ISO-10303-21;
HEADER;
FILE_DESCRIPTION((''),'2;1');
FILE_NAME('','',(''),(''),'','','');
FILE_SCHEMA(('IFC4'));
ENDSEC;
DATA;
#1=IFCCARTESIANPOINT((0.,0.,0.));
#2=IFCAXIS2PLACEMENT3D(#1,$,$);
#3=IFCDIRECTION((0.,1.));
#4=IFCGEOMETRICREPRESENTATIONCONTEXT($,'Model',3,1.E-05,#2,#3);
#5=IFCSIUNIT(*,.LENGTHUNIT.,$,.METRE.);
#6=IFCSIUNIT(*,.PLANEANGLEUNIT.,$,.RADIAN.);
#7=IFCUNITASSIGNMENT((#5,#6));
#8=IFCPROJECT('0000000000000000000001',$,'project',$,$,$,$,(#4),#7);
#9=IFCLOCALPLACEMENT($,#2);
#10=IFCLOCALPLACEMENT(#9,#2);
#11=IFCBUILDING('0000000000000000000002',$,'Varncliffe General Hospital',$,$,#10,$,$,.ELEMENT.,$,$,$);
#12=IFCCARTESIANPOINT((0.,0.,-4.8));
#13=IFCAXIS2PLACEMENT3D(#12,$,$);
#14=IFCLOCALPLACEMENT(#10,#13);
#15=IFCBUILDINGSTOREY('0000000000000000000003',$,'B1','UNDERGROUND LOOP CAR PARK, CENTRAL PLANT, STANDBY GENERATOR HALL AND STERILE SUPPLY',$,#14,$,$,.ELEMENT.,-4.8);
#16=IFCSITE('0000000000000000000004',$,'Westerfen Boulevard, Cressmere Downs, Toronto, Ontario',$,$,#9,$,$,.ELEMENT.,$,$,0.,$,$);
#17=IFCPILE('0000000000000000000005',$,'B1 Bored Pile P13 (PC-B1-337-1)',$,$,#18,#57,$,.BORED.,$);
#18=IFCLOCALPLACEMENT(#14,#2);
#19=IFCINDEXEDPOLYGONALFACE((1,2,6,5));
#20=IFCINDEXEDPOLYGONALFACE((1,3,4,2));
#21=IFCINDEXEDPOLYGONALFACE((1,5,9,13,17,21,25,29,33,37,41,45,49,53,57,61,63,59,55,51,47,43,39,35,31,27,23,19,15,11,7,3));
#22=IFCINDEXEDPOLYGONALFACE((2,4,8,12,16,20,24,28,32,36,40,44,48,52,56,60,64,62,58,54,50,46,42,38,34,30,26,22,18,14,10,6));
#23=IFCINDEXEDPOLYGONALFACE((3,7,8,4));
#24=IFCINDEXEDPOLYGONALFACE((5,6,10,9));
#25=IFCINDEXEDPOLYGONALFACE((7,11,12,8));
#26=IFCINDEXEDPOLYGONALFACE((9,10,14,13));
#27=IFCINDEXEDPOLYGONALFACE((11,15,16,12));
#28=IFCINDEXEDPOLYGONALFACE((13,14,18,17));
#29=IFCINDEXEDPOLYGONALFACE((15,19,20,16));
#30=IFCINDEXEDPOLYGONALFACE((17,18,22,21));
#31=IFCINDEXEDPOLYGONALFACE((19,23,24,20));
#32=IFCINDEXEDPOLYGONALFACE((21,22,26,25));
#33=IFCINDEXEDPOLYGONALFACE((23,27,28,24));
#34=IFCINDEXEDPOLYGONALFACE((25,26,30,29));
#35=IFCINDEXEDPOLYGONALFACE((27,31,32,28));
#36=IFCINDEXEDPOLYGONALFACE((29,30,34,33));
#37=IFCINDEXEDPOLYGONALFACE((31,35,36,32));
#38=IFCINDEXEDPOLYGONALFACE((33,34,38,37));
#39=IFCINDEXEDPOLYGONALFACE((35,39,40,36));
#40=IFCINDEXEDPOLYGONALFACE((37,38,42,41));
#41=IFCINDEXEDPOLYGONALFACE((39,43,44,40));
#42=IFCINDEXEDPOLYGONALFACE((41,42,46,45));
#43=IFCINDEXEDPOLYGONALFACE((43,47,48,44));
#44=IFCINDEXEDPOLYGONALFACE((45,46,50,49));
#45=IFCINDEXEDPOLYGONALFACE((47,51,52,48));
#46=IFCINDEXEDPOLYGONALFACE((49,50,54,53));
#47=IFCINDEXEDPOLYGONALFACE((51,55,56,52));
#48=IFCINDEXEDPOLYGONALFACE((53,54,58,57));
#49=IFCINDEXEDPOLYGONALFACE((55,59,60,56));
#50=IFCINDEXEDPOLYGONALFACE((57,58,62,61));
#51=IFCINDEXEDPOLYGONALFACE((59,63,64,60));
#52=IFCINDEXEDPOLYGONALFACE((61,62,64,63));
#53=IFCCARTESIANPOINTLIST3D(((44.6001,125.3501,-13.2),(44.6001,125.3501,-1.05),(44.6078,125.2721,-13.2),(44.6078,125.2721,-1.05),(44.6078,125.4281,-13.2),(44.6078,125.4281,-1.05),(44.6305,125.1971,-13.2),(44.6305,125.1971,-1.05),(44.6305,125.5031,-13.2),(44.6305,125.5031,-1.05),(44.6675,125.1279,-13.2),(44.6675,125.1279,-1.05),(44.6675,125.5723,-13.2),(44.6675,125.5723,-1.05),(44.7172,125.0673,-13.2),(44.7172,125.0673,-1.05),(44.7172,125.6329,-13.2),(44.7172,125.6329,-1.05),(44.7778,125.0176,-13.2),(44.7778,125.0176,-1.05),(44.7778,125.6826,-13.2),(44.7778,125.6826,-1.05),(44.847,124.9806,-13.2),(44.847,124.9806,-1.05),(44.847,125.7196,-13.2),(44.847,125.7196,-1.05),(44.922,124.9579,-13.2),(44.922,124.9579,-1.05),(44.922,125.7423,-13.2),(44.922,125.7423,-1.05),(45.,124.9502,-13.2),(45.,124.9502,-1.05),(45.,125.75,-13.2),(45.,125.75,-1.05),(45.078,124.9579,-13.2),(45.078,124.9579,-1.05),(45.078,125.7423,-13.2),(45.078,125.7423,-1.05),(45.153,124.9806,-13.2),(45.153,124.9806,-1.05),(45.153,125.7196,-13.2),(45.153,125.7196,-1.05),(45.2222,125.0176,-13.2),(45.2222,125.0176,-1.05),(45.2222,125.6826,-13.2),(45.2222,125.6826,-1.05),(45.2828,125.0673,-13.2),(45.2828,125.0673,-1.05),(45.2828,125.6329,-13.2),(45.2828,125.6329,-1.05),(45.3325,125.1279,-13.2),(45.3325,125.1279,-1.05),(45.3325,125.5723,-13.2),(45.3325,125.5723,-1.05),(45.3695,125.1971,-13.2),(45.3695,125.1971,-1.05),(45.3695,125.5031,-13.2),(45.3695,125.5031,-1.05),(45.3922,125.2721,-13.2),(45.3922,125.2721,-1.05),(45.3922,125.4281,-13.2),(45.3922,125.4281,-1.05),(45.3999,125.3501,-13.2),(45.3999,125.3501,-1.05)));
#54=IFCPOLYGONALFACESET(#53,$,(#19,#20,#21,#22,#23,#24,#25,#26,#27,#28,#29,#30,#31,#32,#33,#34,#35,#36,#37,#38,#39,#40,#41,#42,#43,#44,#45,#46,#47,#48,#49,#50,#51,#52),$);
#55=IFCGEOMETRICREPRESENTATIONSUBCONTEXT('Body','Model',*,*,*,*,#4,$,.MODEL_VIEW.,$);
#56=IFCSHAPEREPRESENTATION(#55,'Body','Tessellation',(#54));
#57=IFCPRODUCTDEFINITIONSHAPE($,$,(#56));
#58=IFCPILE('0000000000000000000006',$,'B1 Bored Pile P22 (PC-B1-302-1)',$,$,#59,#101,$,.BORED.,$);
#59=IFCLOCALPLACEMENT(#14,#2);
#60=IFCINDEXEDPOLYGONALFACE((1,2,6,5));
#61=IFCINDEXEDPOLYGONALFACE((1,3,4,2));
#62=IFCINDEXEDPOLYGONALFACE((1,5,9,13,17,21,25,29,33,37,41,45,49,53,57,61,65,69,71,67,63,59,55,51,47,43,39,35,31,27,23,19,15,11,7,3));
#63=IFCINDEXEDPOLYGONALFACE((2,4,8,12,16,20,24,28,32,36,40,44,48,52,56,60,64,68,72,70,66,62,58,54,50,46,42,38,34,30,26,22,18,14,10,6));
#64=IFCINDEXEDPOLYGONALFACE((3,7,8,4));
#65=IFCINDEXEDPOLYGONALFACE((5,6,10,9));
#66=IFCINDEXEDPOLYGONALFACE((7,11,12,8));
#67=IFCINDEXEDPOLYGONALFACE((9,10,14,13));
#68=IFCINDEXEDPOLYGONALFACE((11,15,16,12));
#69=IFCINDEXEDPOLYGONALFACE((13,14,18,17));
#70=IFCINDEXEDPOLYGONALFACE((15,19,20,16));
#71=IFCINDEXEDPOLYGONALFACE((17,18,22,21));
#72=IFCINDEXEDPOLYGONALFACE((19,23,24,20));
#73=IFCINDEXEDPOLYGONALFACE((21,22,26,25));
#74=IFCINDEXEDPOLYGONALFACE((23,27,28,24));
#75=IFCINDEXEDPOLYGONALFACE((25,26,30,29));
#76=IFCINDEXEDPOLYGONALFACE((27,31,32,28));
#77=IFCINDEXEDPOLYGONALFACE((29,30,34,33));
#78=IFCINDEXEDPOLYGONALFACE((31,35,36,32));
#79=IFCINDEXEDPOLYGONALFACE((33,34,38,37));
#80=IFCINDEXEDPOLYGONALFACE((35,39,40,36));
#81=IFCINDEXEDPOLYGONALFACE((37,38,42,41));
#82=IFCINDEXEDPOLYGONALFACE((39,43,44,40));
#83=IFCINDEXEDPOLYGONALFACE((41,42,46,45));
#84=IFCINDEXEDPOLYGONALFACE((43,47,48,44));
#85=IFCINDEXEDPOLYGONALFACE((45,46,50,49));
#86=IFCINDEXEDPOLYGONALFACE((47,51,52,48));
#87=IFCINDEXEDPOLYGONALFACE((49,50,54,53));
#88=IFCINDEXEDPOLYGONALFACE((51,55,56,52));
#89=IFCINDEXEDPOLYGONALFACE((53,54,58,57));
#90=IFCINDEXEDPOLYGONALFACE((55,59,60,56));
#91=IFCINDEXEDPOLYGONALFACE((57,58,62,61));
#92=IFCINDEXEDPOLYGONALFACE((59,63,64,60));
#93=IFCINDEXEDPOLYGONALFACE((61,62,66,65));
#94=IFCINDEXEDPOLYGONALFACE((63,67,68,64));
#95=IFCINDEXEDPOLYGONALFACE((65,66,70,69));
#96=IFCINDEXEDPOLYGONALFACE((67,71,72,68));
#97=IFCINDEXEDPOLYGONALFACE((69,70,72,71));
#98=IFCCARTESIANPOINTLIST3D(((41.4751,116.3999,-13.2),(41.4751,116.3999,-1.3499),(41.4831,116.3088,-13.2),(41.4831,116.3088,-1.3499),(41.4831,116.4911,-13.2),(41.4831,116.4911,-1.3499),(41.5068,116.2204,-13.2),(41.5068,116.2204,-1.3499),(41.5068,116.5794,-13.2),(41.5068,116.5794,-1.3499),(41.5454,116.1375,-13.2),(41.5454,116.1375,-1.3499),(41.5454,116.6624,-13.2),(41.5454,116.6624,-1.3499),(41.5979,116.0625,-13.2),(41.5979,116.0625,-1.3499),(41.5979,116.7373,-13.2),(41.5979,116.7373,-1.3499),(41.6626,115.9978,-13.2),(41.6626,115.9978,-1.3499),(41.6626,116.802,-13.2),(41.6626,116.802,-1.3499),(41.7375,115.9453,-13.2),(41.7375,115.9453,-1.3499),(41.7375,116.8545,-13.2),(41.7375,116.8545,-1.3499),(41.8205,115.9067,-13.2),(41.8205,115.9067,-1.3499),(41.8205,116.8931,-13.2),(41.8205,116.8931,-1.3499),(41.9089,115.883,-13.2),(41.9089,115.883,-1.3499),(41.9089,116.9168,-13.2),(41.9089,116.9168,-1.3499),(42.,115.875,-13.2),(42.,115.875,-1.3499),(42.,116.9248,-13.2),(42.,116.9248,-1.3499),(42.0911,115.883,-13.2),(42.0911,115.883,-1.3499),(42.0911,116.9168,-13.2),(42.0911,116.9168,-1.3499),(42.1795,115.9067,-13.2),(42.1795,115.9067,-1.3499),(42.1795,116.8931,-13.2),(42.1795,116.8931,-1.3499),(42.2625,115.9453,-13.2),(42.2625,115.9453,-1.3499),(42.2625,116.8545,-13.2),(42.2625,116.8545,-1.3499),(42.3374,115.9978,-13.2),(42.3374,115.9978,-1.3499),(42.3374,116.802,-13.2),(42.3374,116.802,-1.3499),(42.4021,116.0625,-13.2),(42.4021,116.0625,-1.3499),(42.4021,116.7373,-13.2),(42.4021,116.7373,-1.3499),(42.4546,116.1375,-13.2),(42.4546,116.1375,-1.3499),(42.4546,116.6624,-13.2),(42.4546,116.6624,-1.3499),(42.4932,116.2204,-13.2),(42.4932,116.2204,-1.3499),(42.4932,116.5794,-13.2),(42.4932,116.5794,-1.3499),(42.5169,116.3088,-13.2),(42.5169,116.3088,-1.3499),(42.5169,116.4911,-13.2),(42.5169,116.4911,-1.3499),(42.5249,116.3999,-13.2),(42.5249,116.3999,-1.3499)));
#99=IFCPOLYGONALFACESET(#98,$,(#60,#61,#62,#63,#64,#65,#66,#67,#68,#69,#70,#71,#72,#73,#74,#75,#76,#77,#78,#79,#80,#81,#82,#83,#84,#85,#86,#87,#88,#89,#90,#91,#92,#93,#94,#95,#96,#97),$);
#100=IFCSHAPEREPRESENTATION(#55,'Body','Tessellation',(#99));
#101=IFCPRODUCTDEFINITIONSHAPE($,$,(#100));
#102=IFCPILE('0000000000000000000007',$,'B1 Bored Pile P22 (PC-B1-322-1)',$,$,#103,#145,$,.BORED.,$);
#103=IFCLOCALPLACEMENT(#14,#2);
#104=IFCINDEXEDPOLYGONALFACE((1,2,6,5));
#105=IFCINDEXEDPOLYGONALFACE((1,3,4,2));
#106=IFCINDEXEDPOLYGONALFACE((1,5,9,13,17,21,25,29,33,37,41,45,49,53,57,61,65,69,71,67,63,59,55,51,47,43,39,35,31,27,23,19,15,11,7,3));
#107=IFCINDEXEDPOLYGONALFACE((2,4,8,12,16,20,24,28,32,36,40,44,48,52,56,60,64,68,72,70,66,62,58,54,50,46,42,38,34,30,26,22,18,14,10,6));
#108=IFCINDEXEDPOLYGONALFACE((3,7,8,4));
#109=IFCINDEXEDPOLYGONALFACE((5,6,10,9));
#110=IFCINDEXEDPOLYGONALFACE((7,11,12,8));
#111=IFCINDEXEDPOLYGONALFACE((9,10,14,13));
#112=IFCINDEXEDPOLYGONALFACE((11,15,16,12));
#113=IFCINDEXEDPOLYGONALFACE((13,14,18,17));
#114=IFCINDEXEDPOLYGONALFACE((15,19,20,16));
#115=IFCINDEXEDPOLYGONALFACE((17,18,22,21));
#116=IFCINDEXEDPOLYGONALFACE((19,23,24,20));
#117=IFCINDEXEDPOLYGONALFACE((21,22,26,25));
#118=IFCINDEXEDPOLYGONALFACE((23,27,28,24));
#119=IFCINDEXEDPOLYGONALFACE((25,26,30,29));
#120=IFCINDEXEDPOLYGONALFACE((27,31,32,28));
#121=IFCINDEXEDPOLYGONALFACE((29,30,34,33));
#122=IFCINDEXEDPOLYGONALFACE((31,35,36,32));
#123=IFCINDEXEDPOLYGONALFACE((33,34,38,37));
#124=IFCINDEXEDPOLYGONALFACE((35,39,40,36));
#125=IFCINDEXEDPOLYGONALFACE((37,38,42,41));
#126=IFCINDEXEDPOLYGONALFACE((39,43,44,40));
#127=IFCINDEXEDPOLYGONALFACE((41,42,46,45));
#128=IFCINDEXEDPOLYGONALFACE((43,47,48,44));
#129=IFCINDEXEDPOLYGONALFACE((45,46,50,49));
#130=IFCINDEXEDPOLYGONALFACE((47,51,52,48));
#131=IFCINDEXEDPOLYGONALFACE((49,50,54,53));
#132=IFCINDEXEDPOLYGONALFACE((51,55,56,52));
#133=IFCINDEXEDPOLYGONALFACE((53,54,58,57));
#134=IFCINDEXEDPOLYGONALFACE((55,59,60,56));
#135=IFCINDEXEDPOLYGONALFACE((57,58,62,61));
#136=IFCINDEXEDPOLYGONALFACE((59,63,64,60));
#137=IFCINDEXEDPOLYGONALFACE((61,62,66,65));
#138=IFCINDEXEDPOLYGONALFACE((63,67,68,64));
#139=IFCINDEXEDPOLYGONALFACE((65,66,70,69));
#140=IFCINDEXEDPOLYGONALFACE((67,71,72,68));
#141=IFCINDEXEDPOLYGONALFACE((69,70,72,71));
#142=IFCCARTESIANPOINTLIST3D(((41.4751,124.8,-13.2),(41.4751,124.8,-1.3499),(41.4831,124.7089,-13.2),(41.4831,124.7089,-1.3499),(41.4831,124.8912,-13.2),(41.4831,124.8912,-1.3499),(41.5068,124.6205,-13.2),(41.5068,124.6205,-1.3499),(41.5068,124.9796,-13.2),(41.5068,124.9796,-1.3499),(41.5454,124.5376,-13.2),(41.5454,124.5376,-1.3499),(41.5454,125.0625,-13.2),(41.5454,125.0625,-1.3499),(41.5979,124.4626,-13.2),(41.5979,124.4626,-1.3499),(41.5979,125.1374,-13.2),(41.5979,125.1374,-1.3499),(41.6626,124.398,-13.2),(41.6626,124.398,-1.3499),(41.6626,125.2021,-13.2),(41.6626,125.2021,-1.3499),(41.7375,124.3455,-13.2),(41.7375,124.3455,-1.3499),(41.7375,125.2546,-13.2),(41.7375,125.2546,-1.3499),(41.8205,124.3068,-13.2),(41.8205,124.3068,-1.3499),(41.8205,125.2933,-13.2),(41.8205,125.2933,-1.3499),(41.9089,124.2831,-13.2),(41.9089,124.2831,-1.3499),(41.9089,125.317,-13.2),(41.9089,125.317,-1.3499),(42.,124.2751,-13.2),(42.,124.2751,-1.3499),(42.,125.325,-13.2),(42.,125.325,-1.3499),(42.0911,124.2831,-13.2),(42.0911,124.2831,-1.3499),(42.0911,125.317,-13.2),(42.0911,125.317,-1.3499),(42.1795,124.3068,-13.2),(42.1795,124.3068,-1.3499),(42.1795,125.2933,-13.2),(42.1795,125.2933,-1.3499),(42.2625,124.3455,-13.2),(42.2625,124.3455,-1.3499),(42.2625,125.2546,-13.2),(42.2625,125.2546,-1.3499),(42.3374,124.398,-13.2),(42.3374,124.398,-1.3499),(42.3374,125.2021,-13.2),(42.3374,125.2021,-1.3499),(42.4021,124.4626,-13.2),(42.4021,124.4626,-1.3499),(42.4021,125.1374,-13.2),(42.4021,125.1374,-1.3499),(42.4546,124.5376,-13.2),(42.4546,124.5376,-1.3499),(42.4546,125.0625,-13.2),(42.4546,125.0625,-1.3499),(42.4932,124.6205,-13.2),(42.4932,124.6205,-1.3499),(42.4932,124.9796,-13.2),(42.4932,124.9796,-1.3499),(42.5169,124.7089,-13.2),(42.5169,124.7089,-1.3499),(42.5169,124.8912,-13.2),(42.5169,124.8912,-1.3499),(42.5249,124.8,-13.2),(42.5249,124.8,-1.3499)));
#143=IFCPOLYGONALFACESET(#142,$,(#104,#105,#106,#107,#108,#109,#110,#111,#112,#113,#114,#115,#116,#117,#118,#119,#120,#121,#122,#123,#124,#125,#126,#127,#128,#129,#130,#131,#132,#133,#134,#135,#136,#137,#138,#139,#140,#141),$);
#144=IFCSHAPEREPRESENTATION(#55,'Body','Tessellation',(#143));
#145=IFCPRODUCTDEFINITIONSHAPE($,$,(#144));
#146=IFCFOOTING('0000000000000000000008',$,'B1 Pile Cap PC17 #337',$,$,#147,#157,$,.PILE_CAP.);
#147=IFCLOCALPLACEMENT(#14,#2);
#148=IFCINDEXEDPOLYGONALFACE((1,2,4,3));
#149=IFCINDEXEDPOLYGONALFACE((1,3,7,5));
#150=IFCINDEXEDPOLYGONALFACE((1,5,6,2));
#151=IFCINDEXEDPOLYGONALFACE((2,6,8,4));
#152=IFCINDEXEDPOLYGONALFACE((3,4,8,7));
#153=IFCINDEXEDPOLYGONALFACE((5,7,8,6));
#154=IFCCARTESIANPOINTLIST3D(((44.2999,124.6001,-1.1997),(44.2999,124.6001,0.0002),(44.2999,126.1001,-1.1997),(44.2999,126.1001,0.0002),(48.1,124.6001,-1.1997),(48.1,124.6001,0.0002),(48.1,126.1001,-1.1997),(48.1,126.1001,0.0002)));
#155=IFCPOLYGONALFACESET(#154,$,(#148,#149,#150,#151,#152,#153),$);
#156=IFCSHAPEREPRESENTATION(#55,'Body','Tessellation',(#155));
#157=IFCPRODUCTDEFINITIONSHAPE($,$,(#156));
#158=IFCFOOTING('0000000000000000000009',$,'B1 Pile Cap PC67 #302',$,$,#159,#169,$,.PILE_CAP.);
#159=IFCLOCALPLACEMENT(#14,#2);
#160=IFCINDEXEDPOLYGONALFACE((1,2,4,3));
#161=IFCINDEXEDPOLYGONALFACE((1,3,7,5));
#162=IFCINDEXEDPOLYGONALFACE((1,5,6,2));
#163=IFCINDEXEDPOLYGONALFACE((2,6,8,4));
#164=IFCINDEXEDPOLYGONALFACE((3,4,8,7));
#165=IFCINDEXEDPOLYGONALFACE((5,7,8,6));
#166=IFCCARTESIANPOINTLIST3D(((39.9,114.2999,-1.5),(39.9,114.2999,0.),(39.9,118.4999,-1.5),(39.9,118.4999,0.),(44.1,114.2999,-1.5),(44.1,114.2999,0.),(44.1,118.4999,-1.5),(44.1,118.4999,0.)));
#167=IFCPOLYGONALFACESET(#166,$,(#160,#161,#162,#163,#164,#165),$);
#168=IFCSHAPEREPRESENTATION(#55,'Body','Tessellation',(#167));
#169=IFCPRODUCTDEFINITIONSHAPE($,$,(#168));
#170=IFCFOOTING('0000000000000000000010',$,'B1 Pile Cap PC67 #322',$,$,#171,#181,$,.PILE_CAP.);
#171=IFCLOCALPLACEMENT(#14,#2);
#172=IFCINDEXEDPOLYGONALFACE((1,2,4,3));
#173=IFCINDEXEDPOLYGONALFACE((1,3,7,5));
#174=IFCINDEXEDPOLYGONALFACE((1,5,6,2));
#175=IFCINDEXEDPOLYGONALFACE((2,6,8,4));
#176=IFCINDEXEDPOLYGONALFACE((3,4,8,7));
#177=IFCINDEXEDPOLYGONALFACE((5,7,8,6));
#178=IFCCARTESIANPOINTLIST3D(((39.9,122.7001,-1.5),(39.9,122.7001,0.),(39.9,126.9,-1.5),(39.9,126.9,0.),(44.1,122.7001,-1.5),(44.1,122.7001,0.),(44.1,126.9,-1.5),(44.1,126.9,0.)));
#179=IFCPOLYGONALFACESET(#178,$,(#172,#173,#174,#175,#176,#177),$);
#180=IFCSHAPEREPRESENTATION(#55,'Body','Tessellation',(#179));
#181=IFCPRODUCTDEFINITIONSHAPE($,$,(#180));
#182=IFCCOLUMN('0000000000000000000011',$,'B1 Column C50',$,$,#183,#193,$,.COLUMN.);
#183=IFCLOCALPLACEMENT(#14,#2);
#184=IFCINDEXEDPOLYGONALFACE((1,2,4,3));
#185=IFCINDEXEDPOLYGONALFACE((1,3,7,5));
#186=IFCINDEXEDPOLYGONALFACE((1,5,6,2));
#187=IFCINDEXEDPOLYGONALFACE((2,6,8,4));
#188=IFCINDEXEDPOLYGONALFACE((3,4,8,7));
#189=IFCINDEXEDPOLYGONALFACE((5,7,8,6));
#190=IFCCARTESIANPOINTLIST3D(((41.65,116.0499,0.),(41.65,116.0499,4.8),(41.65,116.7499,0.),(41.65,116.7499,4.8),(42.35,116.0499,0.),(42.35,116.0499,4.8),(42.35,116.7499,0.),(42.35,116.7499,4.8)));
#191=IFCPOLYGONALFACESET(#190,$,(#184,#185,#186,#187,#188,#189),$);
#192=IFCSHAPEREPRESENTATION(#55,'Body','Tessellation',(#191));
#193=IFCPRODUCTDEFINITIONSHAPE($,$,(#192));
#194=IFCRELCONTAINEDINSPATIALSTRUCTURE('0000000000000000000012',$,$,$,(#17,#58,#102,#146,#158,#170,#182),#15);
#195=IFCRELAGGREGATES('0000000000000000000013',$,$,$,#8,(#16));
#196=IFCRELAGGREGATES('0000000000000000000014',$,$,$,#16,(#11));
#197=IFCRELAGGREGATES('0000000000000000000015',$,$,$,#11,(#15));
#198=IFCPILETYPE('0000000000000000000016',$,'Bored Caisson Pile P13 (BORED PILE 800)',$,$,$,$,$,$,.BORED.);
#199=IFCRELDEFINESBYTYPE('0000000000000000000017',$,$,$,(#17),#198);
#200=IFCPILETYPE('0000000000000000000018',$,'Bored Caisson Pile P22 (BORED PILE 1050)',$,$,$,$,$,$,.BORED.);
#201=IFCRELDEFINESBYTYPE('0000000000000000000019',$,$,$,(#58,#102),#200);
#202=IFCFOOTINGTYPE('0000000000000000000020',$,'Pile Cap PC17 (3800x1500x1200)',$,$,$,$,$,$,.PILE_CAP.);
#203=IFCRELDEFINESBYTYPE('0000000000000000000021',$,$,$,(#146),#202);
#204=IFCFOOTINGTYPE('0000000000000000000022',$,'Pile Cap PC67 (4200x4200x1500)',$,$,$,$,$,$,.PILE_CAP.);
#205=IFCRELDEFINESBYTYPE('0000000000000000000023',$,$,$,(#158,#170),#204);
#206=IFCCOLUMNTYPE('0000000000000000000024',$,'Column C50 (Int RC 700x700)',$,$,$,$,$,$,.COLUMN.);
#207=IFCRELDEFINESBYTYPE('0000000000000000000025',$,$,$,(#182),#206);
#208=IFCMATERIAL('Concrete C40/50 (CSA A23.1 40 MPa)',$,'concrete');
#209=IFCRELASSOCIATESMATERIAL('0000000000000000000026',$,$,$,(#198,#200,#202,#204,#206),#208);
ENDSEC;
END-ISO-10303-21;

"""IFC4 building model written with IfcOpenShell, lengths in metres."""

from ifc_helpers import new_model, si_unit, direction, frame, origin, origin_2d, place, context, subcontext, project, spatial, rectangle, circle, extrude, material, material_profile, profile_set, type_object, element, save


model = new_model("IFC4")

# Units and contexts
model_context = context("Model", 3, precision=1e-05, world=origin(), true_north=direction((0.0, 1.0)))
body_context = subcontext(model_context, "Body", "Model", "MODEL_VIEW")
ifc_project = project(units=[si_unit("LENGTHUNIT", "METRE"), si_unit("PLANEANGLEUNIT", "RADIAN")], contexts=[model_context])

# Site, building, storey
site_placement = place(None, origin())
site = spatial("IfcSite", under=ifc_project, at=site_placement, Name="Westerfen Boulevard, Cressmere Downs, Toronto, Ontario", CompositionType="ELEMENT", RefElevation=0.0)
building_placement = place(site_placement, origin())
building = spatial("IfcBuilding", under=site, at=building_placement, Name="Varncliffe General Hospital", CompositionType="ELEMENT")
storey_placement = place(building_placement, frame((0.0, 0.0, -4.8)))
storey = spatial("IfcBuildingStorey", under=building, at=storey_placement, Name="B1", Description="UNDERGROUND LOOP CAR PARK, CENTRAL PLANT, STANDBY GENERATOR HALL AND STERILE SUPPLY", CompositionType="ELEMENT", Elevation=-4.8)

# Piles
ifc_material_1 = material(Name="Concrete C40/50 (CSA A23.1 40 MPa)", Category="concrete")
ifc_material_profile_1 = material_profile(ifc_material_1, circle(Radius=0.3999, at=origin_2d()), Name="BORED PILE 800")
ifc_profile_set_1 = profile_set([ifc_material_profile_1], Name="Concrete C40/50 (CSA A23.1 40 MPa)")
pile_type_1 = type_object("IfcPileType", Name="Bored Caisson Pile P13 (BORED PILE 800)", PredefinedType="BORED", material=ifc_profile_set_1)
pile_placement = place(storey_placement, frame((45.0, 125.3501, -1.05), z_axis=(0.0, 0.0, -1.0), x_axis=(1.0, 0.0, 0.0)))
element("IfcPile", 1, at=pile_placement, inside=storey, type_object=pile_type_1, Name="B1 Bored Pile P13 (PC-B1-337-1)", PredefinedType="BORED", context=body_context, shape_type="SweptSolid", body=[
    extrude(circle(Radius=0.3999, at=origin_2d()), origin(), (0.0, 0.0, 1.0), 12.1499),
])
ifc_material_profile_2 = material_profile(ifc_material_1, circle(Radius=0.5249, at=origin_2d()), Name="BORED PILE 1050")
ifc_profile_set_2 = profile_set([ifc_material_profile_2], Name="Concrete C40/50 (CSA A23.1 40 MPa)")
pile_type_2 = type_object("IfcPileType", Name="Bored Caisson Pile P22 (BORED PILE 1050)", PredefinedType="BORED", material=ifc_profile_set_2)
for number, where, z_axis, x_axis, name in (
    (2, (42.0, 116.3999, -1.3499), (0.0, 0.0, -1.0), (1.0, 0.0, 0.0), "B1 Bored Pile P22 (PC-B1-302-1)"),
    (3, (42.0, 124.8, -1.3499), (0.0, 0.0, -1.0), (1.0, 0.0, 0.0), "B1 Bored Pile P22 (PC-B1-322-1)"),
):
    element("IfcPile", number, at=place(storey_placement, frame(where, z_axis=z_axis, x_axis=x_axis)), inside=storey, type_object=pile_type_2, Name=name, PredefinedType="BORED", context=body_context, shape_type="SweptSolid", body=[
        extrude(circle(Radius=0.5249, at=origin_2d()), origin(), (0.0, 0.0, 1.0), 11.8501),
    ])

# Footings
footing_type_1 = type_object("IfcFootingType", Name="Pile Cap PC17 (3800x1500x1200)", PredefinedType="PILE_CAP", material=ifc_material_1)
footing_placement = place(storey_placement, frame((46.2, 125.3501, -1.1997), z_axis=(0.0, 0.0, 1.0), x_axis=(1.0, 0.0, 0.0)))
element("IfcFooting", 4, at=footing_placement, inside=storey, type_object=footing_type_1, Name="B1 Pile Cap PC17 #337", PredefinedType="PILE_CAP", context=body_context, shape_type="SweptSolid", body=[
    extrude(rectangle(XDim=3.8, YDim=1.5, at=origin_2d()), origin(), (0.0, 0.0, 1.0), 1.2),
])
footing_type_2 = type_object("IfcFootingType", Name="Pile Cap PC67 (4200x4200x1500)", PredefinedType="PILE_CAP", material=ifc_material_1)
for number, where, z_axis, x_axis, name in (
    (5, (42.0, 116.3999, -1.5), (0.0, 0.0, 1.0), (1.0, 0.0, 0.0), "B1 Pile Cap PC67 #302"),
    (6, (42.0, 124.8, -1.5), (0.0, 0.0, 1.0), (1.0, 0.0, 0.0), "B1 Pile Cap PC67 #322"),
):
    element("IfcFooting", number, at=place(storey_placement, frame(where, z_axis=z_axis, x_axis=x_axis)), inside=storey, type_object=footing_type_2, Name=name, PredefinedType="PILE_CAP", context=body_context, shape_type="SweptSolid", body=[
        extrude(rectangle(XDim=4.2, YDim=4.2, at=origin_2d()), origin(), (0.0, 0.0, 1.0), 1.5),
    ])

# Column
ifc_material_profile_3 = material_profile(ifc_material_1, rectangle(XDim=0.7, YDim=0.7, at=origin_2d()), Name="RC 700x700")
ifc_profile_set_3 = profile_set([ifc_material_profile_3], Name="Concrete C40/50 (CSA A23.1 40 MPa)")
column_type_1 = type_object("IfcColumnType", Name="Column C50 (Int RC 700x700)", PredefinedType="COLUMN", material=ifc_profile_set_3)
column_1_placement = place(storey_placement, frame((42.0, 116.3999, 0.0), z_axis=(0.0, 0.0, 1.0), x_axis=(1.0, 0.0, 0.0)))
element("IfcColumn", 7, at=column_1_placement, inside=storey, type_object=column_type_1, Name="B1 Column C50", PredefinedType="COLUMN", context=body_context, shape_type="SweptSolid", body=[
    extrude(rectangle(XDim=0.7, YDim=0.7, at=origin_2d()), origin(), (0.0, 0.0, 1.0), 4.8),
])

save(model, "model.ifc")
